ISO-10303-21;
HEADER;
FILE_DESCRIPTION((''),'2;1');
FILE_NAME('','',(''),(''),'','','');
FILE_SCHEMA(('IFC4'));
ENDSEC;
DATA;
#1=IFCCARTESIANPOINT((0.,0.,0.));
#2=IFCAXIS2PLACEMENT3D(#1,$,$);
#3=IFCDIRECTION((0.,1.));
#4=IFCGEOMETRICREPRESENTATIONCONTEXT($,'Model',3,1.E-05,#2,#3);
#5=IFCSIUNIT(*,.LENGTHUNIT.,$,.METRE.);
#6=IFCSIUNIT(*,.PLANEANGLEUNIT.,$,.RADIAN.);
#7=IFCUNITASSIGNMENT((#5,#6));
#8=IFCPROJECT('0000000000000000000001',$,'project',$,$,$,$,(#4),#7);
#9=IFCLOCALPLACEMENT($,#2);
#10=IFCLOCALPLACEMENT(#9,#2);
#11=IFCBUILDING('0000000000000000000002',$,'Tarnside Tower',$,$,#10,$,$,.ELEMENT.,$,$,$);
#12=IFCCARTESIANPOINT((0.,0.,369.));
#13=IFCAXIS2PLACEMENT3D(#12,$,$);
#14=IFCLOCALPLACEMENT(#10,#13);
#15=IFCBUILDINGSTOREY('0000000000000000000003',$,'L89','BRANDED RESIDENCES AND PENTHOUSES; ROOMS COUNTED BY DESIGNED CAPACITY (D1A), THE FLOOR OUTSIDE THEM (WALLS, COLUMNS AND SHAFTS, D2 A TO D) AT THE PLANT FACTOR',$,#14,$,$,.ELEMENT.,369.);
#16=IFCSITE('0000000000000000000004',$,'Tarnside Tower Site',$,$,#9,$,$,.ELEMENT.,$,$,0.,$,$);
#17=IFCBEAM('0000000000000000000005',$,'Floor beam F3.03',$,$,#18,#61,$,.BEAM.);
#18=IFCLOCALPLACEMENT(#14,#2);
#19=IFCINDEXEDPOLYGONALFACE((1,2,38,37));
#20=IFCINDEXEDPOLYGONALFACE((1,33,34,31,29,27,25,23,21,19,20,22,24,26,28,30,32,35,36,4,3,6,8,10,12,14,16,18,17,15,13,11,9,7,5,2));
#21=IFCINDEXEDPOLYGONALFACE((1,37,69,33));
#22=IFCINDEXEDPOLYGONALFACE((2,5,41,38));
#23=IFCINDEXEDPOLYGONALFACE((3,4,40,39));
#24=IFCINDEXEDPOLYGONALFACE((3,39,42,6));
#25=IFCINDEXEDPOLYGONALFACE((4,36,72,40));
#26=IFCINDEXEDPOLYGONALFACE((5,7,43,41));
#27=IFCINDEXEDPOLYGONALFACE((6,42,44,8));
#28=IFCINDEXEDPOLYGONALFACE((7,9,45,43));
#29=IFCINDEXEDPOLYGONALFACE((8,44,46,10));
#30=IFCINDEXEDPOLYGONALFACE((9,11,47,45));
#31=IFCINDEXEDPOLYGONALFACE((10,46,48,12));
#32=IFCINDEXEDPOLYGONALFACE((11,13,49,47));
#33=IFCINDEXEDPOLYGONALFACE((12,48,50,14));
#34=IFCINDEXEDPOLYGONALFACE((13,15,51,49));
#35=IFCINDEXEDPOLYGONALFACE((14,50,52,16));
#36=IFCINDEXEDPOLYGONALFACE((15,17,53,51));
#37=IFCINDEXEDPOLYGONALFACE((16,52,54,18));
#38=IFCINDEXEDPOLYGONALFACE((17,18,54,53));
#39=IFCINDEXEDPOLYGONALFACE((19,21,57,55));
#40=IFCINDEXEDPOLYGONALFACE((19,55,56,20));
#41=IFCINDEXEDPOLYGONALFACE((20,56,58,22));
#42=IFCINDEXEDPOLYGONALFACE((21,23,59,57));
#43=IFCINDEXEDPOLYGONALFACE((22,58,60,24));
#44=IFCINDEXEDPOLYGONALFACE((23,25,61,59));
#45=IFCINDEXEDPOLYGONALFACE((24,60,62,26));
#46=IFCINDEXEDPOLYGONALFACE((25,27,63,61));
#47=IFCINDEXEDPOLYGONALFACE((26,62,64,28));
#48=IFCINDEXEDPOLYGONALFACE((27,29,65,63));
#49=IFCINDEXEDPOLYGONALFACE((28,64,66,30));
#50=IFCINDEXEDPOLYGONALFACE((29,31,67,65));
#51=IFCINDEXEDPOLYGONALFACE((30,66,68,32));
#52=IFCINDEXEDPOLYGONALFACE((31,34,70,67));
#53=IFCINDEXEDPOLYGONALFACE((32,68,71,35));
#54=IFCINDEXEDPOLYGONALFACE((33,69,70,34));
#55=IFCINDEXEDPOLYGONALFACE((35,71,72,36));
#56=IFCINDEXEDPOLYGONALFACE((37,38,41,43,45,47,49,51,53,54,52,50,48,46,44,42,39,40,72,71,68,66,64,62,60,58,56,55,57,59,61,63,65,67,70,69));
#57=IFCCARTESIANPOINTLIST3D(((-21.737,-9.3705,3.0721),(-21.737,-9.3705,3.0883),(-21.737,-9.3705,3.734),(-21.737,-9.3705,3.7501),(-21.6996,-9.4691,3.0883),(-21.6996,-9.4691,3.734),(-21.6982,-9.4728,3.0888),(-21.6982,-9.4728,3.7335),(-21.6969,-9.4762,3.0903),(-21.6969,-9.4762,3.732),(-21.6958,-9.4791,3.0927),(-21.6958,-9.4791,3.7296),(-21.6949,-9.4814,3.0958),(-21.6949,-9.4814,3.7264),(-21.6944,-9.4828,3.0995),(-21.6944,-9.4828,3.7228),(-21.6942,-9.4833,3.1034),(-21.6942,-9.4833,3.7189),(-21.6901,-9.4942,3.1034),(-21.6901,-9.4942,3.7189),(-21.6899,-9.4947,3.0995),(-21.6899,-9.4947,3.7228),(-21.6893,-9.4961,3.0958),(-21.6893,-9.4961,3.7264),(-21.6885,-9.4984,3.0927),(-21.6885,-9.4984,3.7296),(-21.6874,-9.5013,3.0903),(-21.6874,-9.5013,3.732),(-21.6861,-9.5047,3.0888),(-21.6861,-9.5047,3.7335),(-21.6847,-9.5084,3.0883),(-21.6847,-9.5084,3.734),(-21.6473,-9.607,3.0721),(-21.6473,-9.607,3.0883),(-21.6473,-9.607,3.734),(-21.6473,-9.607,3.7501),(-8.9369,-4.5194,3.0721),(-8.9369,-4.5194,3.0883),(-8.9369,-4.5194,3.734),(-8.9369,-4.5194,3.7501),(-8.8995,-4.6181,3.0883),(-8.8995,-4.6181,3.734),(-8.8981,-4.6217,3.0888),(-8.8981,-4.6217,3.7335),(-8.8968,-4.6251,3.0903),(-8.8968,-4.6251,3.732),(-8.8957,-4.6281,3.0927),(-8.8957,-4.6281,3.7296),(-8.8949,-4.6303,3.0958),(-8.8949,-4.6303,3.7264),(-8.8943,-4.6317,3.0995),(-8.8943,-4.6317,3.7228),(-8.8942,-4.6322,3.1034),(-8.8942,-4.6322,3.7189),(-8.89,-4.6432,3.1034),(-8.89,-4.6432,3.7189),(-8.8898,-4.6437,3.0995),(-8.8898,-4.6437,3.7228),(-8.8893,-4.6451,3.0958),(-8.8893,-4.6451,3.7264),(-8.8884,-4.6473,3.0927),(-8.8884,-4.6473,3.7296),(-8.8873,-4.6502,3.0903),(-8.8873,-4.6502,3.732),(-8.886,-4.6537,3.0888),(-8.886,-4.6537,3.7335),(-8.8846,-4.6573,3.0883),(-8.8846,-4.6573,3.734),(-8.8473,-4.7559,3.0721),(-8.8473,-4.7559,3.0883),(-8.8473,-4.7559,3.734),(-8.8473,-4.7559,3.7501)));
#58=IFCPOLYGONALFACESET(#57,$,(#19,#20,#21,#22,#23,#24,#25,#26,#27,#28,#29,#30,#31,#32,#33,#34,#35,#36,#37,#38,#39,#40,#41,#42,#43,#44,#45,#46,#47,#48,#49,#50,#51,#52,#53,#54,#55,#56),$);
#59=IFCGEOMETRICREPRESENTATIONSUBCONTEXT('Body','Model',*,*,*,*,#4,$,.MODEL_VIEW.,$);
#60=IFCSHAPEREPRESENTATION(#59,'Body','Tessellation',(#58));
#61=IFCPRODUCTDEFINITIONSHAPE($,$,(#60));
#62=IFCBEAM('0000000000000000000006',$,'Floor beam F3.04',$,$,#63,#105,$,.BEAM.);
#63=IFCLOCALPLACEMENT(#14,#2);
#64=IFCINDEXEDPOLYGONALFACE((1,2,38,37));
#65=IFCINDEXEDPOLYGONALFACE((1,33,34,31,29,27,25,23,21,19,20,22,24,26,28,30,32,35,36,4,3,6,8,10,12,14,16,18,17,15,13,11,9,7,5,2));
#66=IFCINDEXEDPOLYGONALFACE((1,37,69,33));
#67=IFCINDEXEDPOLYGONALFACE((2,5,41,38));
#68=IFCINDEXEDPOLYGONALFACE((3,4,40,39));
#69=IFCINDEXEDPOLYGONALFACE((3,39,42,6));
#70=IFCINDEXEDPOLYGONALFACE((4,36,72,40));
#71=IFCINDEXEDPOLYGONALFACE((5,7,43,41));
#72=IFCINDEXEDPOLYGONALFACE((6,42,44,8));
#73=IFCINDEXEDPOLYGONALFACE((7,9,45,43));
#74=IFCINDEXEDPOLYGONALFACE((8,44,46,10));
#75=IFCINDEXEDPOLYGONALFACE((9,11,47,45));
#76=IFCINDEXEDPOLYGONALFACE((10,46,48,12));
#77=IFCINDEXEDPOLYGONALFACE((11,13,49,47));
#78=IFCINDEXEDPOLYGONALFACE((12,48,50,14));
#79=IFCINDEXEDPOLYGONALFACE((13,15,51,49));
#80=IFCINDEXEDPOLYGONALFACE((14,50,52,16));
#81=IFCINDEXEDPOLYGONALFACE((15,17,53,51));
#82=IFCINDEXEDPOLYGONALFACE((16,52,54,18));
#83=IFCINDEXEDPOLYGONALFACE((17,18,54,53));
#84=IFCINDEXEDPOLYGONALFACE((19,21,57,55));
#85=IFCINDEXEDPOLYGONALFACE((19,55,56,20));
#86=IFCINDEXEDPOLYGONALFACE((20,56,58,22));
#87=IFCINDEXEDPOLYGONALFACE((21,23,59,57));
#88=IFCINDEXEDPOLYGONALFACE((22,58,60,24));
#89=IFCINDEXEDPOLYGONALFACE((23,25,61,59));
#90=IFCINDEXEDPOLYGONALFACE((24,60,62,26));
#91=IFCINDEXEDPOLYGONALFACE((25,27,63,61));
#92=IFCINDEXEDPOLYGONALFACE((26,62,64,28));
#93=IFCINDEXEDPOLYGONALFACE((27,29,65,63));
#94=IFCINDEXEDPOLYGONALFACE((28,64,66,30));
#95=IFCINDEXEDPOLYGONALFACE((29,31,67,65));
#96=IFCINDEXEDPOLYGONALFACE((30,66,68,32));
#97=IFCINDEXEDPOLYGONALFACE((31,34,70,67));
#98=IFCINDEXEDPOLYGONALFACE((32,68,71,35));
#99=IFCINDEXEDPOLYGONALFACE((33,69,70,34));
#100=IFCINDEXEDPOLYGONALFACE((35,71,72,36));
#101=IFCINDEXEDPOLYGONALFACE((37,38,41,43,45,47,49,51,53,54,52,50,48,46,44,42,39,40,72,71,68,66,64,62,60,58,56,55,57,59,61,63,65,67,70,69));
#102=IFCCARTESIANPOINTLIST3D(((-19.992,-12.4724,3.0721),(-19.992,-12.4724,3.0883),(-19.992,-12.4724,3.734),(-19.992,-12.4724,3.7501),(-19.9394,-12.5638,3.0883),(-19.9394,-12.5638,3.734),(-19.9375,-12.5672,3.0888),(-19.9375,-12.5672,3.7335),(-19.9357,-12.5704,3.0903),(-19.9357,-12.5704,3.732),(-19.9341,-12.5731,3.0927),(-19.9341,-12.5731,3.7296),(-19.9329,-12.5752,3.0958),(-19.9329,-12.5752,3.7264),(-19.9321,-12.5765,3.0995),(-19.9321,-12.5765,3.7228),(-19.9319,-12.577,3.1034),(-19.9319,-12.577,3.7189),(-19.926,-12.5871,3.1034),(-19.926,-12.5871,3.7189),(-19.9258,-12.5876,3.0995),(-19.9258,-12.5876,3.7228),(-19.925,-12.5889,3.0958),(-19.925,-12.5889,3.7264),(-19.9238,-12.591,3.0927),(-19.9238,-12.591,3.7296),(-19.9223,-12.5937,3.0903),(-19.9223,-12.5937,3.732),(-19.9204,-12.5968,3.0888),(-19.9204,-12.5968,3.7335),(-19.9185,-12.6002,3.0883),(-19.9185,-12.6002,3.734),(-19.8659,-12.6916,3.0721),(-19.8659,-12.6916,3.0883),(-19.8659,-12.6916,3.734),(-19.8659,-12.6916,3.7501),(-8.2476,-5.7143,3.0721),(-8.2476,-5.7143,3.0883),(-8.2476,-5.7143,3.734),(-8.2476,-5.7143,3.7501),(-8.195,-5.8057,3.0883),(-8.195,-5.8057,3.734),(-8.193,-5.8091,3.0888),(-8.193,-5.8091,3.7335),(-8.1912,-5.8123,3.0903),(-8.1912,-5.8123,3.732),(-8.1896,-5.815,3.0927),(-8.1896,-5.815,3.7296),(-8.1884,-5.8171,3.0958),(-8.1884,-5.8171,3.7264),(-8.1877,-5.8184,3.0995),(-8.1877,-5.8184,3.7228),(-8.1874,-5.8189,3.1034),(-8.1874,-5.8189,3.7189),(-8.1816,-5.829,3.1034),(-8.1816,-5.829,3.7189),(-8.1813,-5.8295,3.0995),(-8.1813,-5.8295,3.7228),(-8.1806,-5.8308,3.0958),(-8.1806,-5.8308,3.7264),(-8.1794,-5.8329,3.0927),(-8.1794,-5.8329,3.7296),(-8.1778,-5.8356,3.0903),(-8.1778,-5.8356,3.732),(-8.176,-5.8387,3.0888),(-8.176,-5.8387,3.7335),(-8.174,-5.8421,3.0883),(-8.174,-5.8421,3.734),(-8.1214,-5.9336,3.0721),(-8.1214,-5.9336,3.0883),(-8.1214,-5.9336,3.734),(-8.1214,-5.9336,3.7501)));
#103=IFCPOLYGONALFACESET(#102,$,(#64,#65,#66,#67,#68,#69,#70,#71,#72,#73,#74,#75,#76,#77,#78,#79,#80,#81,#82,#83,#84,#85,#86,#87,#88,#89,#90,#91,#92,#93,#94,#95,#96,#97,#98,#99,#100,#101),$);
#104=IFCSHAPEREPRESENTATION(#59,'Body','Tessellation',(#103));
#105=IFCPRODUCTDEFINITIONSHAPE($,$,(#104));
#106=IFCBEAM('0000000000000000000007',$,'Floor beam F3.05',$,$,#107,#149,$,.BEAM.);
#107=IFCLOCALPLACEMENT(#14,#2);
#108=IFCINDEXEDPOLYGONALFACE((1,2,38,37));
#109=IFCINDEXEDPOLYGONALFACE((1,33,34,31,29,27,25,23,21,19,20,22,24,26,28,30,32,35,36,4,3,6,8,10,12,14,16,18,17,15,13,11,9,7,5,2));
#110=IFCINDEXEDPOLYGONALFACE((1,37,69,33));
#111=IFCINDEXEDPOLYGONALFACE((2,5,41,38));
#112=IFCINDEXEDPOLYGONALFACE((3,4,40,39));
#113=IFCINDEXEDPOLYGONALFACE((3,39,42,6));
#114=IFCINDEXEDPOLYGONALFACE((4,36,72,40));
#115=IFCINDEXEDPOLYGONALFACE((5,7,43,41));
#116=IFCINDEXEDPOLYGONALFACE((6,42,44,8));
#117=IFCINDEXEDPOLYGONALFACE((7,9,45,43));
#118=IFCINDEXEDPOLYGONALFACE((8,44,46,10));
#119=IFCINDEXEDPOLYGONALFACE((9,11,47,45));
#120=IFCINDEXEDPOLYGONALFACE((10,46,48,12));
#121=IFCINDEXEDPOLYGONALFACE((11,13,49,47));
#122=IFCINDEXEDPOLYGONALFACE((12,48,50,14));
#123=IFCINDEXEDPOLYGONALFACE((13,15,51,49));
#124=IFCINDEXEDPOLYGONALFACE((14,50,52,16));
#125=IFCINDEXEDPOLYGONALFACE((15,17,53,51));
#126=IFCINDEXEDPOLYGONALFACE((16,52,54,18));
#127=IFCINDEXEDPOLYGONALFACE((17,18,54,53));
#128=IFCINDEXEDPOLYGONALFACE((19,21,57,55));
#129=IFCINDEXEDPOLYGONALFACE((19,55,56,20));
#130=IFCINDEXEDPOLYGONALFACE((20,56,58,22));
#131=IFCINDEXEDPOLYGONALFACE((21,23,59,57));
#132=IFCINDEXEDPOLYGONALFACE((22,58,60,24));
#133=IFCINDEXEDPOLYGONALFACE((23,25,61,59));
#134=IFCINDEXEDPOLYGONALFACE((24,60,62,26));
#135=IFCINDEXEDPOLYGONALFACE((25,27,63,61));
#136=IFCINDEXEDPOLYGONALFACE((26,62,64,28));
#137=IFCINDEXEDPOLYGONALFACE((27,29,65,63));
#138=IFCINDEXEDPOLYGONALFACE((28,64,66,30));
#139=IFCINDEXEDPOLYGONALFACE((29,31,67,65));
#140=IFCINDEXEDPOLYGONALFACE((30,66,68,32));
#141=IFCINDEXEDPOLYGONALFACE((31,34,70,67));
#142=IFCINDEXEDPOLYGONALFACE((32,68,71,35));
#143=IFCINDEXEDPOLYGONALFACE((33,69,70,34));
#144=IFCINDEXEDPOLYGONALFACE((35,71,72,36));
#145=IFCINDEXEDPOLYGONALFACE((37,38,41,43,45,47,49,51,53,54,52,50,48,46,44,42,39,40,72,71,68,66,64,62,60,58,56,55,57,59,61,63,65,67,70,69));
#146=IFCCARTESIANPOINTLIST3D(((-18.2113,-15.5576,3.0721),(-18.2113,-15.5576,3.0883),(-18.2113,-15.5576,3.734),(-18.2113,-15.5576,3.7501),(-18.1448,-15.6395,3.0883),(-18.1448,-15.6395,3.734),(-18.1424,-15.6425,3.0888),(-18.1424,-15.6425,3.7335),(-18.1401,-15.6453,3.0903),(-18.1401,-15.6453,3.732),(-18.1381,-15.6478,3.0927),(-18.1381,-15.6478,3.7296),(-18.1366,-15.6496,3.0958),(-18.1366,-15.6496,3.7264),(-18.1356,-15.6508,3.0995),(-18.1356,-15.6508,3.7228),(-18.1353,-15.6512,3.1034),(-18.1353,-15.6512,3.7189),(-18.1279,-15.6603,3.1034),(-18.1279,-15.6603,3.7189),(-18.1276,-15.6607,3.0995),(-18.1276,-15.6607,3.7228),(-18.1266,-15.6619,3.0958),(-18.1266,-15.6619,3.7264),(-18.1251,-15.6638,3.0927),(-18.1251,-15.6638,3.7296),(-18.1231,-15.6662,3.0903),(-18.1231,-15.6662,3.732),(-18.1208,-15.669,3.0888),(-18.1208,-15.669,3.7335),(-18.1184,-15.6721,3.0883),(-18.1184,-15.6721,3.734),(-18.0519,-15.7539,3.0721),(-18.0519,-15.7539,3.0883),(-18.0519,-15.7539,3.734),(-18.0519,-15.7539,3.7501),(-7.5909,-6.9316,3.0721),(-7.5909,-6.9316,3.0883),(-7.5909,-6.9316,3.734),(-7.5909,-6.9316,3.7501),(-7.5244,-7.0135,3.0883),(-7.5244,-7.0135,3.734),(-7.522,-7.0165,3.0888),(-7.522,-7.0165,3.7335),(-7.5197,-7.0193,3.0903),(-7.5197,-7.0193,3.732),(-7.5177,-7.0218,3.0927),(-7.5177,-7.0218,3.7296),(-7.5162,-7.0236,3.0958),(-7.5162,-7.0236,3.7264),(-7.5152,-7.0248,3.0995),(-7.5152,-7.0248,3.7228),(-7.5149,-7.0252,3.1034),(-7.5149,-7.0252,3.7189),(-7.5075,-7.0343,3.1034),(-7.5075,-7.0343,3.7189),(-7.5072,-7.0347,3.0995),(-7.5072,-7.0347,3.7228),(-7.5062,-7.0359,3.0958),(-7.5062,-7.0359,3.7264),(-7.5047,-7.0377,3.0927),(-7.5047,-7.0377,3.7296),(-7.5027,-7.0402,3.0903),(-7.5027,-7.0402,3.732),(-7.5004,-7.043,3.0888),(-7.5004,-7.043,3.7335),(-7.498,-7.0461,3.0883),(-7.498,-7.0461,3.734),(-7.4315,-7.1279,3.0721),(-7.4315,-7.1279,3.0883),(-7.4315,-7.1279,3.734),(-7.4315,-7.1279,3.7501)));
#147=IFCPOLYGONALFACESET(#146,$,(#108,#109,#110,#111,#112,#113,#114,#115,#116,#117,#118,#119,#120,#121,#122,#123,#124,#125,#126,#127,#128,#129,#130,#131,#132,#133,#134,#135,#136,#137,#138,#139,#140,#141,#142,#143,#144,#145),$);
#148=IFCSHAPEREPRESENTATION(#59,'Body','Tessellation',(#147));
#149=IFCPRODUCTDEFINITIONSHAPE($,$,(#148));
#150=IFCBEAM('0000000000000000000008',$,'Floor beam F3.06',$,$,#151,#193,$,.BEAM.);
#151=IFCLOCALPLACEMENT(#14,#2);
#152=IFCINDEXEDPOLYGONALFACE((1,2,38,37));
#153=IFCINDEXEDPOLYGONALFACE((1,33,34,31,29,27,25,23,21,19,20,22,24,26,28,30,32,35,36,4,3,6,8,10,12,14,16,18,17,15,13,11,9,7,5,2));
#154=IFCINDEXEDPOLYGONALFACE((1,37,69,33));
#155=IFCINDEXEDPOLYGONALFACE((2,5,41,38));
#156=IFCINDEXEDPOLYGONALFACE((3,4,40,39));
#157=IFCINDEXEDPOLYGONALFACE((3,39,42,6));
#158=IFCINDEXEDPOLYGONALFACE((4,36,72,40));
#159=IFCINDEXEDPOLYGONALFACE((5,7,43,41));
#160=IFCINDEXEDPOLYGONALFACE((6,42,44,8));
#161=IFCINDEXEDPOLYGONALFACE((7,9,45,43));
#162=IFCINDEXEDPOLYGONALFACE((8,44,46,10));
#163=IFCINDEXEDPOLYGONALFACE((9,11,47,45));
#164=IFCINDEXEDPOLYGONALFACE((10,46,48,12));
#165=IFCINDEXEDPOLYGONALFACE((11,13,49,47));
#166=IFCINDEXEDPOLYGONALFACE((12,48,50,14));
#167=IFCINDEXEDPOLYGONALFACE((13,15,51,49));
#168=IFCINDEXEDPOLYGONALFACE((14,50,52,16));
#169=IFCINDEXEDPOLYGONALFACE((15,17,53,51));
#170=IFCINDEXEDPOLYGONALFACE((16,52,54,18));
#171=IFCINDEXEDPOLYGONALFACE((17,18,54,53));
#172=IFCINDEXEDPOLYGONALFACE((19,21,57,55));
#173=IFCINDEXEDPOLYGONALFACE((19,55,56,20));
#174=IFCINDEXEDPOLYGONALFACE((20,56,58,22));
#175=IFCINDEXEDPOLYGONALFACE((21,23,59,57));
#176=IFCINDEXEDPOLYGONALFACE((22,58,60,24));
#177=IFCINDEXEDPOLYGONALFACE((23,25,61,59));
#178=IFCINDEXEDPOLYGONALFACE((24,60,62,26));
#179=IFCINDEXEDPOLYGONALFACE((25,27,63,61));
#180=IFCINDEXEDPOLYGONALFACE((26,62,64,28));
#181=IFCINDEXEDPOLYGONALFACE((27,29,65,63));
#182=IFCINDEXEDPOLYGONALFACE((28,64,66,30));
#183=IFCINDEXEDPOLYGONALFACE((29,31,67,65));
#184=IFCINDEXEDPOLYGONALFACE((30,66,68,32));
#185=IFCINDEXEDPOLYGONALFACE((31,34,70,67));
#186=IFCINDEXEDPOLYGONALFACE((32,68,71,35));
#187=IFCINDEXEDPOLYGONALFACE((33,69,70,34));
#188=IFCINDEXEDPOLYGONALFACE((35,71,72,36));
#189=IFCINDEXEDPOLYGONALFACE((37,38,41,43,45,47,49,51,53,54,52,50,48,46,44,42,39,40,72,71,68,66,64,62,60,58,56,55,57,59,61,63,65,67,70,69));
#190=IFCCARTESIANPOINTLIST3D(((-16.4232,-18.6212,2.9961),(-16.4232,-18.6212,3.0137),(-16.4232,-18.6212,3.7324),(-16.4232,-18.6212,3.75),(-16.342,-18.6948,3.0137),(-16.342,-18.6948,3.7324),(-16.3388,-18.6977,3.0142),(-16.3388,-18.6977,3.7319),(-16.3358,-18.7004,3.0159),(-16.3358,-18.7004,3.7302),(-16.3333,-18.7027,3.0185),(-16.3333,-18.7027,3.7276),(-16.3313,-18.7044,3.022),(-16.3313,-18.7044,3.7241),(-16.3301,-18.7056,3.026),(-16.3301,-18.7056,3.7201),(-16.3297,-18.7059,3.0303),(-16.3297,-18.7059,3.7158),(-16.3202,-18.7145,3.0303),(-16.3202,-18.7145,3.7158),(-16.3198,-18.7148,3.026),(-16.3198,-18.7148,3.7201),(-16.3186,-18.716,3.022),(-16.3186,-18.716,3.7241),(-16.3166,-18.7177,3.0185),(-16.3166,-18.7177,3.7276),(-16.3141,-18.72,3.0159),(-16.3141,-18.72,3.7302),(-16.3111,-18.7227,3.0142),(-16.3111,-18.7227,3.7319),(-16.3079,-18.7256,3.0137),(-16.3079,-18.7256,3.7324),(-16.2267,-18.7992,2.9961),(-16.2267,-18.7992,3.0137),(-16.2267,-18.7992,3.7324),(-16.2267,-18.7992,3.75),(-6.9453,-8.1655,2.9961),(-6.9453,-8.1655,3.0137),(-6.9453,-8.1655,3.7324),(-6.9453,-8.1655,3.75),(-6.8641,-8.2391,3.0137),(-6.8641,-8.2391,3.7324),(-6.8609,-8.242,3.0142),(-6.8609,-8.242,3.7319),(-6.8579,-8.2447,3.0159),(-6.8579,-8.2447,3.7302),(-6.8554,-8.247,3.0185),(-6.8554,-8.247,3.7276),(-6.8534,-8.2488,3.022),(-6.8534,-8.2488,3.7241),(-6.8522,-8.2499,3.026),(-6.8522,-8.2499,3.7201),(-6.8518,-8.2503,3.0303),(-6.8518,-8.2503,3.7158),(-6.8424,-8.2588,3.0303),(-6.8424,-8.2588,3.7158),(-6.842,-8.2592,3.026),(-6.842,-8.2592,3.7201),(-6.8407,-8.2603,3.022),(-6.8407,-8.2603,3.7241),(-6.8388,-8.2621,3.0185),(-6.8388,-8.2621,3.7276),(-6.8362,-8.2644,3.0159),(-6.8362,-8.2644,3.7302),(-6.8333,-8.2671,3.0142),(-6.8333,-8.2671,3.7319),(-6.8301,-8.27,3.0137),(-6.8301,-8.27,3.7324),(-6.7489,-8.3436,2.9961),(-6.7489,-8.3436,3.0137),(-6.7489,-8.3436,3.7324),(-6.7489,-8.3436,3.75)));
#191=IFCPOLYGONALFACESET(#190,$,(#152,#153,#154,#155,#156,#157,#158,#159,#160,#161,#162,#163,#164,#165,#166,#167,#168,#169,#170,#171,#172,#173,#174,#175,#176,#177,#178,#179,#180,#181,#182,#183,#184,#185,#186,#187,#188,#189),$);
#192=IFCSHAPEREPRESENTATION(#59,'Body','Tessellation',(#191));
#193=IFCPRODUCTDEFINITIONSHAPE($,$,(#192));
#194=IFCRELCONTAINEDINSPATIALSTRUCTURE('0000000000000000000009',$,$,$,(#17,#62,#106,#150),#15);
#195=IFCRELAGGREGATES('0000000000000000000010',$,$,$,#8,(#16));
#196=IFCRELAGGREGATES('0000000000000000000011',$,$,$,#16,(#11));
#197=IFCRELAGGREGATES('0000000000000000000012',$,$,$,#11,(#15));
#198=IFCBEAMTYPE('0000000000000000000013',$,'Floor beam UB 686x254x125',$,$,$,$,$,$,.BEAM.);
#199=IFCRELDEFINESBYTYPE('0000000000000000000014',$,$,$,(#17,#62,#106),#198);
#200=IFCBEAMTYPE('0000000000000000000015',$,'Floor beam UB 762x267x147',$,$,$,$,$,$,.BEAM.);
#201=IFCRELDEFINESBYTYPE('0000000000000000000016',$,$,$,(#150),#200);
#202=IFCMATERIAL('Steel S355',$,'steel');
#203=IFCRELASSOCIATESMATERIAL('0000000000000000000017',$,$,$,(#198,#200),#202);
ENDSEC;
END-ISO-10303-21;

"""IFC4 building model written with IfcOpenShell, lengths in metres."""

from ifc_helpers import new_model, si_unit, direction, frame, origin, origin_2d, place, context, subcontext, project, spatial, i_section, extrude, material, material_profile, profile_set, type_object, element, save


model = new_model("IFC4")

# Units and contexts
model_context = context("Model", 3, precision=1e-05, world=origin(), true_north=direction((0.0, 1.0)))
body_context = subcontext(model_context, "Body", "Model", "MODEL_VIEW")
ifc_project = project(units=[si_unit("LENGTHUNIT", "METRE"), si_unit("PLANEANGLEUNIT", "RADIAN")], contexts=[model_context])

# Site, building, storey
site_placement = place(None, origin())
site = spatial("IfcSite", under=ifc_project, at=site_placement, Name="Tarnside Tower Site", CompositionType="ELEMENT", RefElevation=0.0)
building_placement = place(site_placement, origin())
building = spatial("IfcBuilding", under=site, at=building_placement, Name="Tarnside Tower", CompositionType="ELEMENT")
storey_placement = place(building_placement, frame((0.0, 0.0, 369.0)))
storey = spatial("IfcBuildingStorey", under=building, at=storey_placement, Name="L89", Description="BRANDED RESIDENCES AND PENTHOUSES; ROOMS COUNTED BY DESIGNED CAPACITY (D1A), THE FLOOR OUTSIDE THEM (WALLS, COLUMNS AND SHAFTS, D2 A TO D) AT THE PLANT FACTOR", CompositionType="ELEMENT", Elevation=369.0)

# Beams
ifc_material_1 = material(Name="Steel S355", Category="steel")
ifc_material_profile_1 = material_profile(ifc_material_1, i_section(OverallWidth=0.2529, OverallDepth=0.678, WebThickness=0.0117, FlangeThickness=0.0161, FilletRadius=0.0151, at=origin_2d()), Name="UB 686x254x125")
ifc_profile_set_1 = profile_set([ifc_material_profile_1], Name="Steel S355")
beam_type_1 = type_object("IfcBeamType", Name="Floor beam UB 686x254x125", PredefinedType="BEAM", material=ifc_profile_set_1)
beam_1_placement = place(storey_placement, frame((-21.6921, -9.4888, 3.4111), z_axis=(0.935097, 0.354391, 0.0), x_axis=(-0.354391, 0.935097, 0.0)))
element("IfcBeam", 1, at=beam_1_placement, inside=storey, type_object=beam_type_1, Name="Floor beam F3.03", PredefinedType="BEAM", context=body_context, shape_type="SweptSolid", body=[
    extrude(i_section(OverallWidth=0.2529, OverallDepth=0.678, WebThickness=0.0117, FlangeThickness=0.0161, FilletRadius=0.0151, at=origin_2d()), origin(), (0.0, 0.0, 1.0), 13.6885),
])
beam_2_placement = place(storey_placement, frame((-19.929, -12.582, 3.4111), z_axis=(0.866746, 0.49875, 0.0), x_axis=(-0.49875, 0.866746, 0.0)))
element("IfcBeam", 2, at=beam_2_placement, inside=storey, type_object=beam_type_1, Name="Floor beam F3.04", PredefinedType="BEAM", context=body_context, shape_type="SweptSolid", body=[
    extrude(i_section(OverallWidth=0.2529, OverallDepth=0.678, WebThickness=0.0117, FlangeThickness=0.0161, FilletRadius=0.0151, at=origin_2d()), origin(), (0.0, 0.0, 1.0), 13.55),
])
beam_3_placement = place(storey_placement, frame((-18.1316, -15.6558, 3.4111), z_axis=(0.776224, 0.630458, 0.0), x_axis=(-0.630458, 0.776224, 0.0)))
element("IfcBeam", 3, at=beam_3_placement, inside=storey, type_object=beam_type_1, Name="Floor beam F3.05", PredefinedType="BEAM", context=body_context, shape_type="SweptSolid", body=[
    extrude(i_section(OverallWidth=0.2529, OverallDepth=0.678, WebThickness=0.0117, FlangeThickness=0.0161, FilletRadius=0.0151, at=origin_2d()), origin(), (0.0, 0.0, 1.0), 13.6821),
])
ifc_material_profile_2 = material_profile(ifc_material_1, i_section(OverallWidth=0.2651, OverallDepth=0.7539, WebThickness=0.0127, FlangeThickness=0.0176, FilletRadius=0.0166, at=origin_2d()), Name="UB 762x267x147")
ifc_profile_set_2 = profile_set([ifc_material_profile_2], Name="Steel S355")
beam_type_2 = type_object("IfcBeamType", Name="Floor beam UB 762x267x147", PredefinedType="BEAM", material=ifc_profile_set_2)
beam_4_placement = place(storey_placement, frame((-16.325, -18.7102, 3.373), z_axis=(0.671614, 0.740901, 0.0), x_axis=(-0.740901, 0.671614, 0.0)))
element("IfcBeam", 4, at=beam_4_placement, inside=storey, type_object=beam_type_2, Name="Floor beam F3.06", PredefinedType="BEAM", context=body_context, shape_type="SweptSolid", body=[
    extrude(i_section(OverallWidth=0.2651, OverallDepth=0.7539, WebThickness=0.0127, FlangeThickness=0.0176, FilletRadius=0.0166, at=origin_2d()), origin(), (0.0, 0.0, 1.0), 14.1121),
])

save(model, "model.ifc")
